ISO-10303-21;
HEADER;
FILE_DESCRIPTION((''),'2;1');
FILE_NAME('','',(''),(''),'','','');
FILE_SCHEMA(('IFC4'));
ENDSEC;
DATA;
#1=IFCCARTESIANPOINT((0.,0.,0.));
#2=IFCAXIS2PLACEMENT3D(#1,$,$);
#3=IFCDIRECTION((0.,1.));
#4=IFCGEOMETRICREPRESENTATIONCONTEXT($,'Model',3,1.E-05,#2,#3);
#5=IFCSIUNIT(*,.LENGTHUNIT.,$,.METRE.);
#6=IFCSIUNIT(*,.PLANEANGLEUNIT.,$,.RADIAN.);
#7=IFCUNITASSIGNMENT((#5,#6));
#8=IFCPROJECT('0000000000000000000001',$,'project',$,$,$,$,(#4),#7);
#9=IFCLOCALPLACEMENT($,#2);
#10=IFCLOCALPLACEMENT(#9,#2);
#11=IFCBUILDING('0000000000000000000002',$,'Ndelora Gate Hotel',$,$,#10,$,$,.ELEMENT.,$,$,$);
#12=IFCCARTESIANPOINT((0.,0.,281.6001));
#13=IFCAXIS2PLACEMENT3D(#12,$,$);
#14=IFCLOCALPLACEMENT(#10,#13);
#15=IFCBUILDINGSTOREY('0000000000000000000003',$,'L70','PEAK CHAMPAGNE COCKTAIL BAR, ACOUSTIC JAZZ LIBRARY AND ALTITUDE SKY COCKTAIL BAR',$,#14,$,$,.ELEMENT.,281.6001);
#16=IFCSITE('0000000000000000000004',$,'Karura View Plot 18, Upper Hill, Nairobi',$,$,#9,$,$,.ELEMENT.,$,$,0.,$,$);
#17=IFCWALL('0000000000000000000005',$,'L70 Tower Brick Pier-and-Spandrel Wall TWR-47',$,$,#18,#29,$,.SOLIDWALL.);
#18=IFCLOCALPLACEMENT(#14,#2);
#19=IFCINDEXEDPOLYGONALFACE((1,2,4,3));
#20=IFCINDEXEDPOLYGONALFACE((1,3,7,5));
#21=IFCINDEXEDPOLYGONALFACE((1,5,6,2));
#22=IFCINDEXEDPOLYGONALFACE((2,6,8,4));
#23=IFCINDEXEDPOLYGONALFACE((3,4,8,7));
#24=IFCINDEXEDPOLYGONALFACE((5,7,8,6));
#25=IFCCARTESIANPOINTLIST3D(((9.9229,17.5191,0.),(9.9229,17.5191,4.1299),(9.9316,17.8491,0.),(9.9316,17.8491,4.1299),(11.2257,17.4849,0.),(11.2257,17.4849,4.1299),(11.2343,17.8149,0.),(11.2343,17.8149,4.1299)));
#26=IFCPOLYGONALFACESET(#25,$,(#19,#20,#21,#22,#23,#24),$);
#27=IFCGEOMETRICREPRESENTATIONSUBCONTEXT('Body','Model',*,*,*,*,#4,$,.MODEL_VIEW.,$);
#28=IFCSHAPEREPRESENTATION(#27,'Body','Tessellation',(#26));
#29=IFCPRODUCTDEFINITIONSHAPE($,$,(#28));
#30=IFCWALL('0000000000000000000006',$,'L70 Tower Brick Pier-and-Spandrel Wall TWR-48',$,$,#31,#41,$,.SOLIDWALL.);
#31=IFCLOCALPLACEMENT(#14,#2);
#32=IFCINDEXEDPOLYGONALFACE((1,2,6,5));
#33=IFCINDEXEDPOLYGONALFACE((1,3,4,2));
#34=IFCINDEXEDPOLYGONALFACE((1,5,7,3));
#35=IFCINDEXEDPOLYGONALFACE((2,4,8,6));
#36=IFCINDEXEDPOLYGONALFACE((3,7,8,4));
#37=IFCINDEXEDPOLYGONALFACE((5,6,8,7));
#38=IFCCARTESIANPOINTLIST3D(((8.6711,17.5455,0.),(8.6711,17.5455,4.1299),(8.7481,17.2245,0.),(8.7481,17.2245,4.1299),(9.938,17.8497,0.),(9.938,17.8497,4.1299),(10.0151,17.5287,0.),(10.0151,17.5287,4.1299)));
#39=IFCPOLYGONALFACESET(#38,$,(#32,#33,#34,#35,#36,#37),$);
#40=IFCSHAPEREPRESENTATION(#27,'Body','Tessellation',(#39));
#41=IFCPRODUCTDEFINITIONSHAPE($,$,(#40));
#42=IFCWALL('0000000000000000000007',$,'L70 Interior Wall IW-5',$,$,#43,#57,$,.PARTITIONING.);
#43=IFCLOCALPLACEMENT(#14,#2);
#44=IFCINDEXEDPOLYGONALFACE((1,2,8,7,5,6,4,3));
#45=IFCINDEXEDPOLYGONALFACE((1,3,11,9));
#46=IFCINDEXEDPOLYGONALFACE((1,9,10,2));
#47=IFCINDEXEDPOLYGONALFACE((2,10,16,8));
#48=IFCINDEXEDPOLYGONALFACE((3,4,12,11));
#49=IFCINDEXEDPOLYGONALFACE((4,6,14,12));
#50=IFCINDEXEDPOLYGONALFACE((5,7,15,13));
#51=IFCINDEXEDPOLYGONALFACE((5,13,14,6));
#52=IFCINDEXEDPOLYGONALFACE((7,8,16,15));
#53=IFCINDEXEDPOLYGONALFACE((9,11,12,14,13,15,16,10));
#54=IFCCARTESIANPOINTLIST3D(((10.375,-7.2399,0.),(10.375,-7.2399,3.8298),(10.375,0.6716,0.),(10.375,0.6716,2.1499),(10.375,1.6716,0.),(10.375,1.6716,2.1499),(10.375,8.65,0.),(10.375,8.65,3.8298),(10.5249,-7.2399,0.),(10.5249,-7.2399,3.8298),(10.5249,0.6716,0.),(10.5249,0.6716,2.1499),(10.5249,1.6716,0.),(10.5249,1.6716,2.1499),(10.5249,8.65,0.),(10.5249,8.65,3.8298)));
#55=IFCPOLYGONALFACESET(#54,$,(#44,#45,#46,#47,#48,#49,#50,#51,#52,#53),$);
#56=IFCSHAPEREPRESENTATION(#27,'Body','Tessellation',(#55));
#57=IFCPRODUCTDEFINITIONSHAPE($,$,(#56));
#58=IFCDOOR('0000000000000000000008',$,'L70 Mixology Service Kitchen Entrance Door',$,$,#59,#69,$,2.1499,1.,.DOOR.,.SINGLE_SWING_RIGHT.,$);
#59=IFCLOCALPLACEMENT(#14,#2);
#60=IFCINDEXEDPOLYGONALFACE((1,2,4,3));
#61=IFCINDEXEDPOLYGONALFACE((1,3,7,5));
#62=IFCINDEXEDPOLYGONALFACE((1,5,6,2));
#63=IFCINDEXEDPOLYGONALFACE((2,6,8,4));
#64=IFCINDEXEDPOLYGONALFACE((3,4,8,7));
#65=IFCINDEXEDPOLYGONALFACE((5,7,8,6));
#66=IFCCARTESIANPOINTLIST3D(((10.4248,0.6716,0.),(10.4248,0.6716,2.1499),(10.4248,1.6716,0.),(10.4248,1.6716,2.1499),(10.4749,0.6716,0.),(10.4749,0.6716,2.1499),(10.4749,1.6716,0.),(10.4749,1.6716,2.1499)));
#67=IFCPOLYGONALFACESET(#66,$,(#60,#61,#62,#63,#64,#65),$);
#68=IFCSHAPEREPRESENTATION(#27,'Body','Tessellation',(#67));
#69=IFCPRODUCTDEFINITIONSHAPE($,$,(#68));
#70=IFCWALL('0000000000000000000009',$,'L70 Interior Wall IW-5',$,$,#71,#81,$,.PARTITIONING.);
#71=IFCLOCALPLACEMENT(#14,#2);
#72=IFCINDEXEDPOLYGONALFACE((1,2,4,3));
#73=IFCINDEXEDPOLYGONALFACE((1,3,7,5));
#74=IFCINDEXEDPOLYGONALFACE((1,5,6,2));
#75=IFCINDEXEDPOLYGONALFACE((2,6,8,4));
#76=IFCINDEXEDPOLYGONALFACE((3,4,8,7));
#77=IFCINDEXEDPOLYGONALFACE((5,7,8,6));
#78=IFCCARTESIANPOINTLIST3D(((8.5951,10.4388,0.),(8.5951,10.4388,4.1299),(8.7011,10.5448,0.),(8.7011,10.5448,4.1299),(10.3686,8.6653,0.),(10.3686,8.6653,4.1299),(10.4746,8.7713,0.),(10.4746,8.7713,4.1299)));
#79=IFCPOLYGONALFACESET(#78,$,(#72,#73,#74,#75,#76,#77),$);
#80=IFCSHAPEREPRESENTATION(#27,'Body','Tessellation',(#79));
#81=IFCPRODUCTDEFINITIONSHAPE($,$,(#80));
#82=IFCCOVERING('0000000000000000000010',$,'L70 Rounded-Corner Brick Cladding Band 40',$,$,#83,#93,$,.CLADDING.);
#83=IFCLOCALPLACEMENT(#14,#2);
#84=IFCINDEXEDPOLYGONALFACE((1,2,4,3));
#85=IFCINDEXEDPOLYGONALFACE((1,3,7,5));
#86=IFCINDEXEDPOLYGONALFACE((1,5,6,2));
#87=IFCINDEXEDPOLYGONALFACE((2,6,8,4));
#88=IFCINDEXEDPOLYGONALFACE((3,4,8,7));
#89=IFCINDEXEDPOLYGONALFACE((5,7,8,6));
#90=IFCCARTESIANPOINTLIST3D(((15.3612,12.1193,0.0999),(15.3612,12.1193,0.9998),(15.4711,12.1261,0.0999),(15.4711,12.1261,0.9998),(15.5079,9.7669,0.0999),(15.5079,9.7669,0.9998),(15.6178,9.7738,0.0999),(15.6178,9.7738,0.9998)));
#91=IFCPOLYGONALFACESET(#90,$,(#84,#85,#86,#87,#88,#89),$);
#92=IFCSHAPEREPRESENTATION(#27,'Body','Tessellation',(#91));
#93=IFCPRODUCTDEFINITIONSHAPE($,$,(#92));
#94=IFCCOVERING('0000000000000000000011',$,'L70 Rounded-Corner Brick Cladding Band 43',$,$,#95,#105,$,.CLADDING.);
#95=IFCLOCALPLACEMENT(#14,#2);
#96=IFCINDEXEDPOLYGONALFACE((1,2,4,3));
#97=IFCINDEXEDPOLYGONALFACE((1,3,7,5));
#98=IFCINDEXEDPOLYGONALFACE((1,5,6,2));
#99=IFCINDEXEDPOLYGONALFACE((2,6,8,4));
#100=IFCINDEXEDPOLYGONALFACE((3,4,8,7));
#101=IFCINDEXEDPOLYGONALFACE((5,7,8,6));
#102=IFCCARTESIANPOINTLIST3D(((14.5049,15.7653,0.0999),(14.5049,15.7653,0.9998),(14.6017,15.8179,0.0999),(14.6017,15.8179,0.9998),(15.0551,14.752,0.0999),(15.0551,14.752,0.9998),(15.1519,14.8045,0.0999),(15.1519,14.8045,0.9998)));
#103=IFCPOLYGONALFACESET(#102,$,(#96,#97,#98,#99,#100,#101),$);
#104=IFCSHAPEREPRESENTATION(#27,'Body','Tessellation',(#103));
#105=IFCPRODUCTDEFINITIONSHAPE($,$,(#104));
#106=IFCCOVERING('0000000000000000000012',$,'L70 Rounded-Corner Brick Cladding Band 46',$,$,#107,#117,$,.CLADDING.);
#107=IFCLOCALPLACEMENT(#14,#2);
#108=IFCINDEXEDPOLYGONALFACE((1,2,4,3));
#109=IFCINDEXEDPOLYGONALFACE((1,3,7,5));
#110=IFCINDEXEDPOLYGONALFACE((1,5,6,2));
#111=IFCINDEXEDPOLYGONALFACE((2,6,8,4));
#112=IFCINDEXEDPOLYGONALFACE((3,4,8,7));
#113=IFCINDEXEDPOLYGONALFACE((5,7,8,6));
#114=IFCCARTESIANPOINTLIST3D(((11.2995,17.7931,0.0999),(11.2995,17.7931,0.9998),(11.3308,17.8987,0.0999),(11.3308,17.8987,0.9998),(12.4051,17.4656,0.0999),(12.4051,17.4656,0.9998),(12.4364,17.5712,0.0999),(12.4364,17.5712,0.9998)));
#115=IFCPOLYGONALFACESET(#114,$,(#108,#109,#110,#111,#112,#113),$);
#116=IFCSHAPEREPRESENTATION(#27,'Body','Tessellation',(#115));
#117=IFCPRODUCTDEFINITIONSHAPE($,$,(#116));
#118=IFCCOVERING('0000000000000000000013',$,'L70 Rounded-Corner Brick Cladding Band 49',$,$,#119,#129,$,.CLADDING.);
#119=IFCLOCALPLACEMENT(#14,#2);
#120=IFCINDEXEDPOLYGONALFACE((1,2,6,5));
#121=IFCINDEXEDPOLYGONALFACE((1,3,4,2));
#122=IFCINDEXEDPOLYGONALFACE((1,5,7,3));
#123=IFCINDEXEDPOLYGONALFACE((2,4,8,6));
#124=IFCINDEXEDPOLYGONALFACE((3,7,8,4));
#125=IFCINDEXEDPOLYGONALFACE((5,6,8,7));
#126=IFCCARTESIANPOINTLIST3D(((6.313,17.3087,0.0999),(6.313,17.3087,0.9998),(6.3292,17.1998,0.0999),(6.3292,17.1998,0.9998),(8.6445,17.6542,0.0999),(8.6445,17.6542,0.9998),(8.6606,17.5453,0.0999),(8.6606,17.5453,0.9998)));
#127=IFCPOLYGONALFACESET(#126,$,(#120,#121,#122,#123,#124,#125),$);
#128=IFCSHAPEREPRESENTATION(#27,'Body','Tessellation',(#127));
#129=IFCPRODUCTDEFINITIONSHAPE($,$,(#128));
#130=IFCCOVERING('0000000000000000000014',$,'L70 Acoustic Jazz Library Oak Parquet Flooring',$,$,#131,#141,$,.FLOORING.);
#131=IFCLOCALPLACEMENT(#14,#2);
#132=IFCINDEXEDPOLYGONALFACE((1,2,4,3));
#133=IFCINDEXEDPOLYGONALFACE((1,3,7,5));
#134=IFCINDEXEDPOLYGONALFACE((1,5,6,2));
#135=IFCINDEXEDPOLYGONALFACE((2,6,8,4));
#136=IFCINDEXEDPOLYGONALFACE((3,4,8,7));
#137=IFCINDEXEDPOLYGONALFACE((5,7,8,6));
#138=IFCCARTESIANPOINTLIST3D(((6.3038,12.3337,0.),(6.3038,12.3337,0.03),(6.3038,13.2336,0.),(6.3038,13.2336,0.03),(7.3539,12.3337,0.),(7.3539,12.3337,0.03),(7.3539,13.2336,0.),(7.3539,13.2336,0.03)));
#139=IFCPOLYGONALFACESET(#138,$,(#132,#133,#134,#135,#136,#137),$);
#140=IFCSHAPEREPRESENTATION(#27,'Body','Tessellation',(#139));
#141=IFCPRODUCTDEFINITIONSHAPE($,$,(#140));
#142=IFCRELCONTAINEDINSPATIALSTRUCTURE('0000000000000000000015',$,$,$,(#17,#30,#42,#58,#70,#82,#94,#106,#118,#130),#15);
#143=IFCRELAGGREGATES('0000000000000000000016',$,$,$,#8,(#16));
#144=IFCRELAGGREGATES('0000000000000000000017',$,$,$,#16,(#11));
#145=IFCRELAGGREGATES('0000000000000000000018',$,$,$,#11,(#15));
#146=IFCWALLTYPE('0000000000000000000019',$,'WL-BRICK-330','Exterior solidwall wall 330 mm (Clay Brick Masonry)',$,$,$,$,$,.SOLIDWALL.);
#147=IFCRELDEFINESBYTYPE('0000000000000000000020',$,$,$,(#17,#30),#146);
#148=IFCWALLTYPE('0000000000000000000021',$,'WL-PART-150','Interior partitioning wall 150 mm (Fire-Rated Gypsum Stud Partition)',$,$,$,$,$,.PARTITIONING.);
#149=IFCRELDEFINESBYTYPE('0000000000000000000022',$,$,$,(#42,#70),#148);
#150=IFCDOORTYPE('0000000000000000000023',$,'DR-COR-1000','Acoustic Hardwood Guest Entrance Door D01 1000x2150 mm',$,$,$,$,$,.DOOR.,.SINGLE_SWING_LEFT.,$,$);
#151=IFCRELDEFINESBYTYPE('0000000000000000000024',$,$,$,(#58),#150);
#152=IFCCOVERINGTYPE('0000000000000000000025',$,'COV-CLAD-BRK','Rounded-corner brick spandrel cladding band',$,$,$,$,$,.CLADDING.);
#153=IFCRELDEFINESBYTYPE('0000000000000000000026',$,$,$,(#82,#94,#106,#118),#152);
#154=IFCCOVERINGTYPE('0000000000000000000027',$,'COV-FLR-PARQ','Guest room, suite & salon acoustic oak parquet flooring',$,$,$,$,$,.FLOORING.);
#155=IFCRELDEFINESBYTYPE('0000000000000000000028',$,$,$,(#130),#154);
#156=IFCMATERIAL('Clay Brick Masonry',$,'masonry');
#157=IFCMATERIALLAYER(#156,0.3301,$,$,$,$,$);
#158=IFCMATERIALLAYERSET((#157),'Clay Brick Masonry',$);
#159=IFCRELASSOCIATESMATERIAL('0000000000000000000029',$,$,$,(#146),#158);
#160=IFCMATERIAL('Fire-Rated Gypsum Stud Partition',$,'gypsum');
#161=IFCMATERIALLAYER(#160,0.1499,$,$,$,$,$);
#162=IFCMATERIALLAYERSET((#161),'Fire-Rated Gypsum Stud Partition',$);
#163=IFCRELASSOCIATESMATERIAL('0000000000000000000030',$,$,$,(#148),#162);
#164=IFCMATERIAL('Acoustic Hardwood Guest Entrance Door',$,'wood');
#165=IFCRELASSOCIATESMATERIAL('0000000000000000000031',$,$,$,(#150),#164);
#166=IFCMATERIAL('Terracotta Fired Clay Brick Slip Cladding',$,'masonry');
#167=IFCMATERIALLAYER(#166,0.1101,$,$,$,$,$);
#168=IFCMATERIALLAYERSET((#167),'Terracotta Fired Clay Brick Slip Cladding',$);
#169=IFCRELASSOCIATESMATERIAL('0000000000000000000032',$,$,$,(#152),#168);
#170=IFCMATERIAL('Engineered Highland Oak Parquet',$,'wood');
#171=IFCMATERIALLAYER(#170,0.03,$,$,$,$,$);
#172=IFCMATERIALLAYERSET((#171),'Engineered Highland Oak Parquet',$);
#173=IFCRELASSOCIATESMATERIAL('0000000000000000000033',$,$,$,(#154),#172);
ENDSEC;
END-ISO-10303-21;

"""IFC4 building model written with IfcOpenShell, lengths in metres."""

from ifc_helpers import new_model, si_unit, direction, frame, frame_2d, origin, origin_2d, place, context, subcontext, project, spatial, rectangle, extrude, material, layer, layer_set, type_object, element, fill, save


model = new_model("IFC4")

# Units and contexts
model_context = context("Model", 3, precision=1e-05, world=origin(), true_north=direction((0.0, 1.0)))
body_context = subcontext(model_context, "Body", "Model", "MODEL_VIEW")
ifc_project = project(units=[si_unit("LENGTHUNIT", "METRE"), si_unit("PLANEANGLEUNIT", "RADIAN")], contexts=[model_context])

# Site, building, storey
site_placement = place(None, origin())
site = spatial("IfcSite", under=ifc_project, at=site_placement, Name="Karura View Plot 18, Upper Hill, Nairobi", CompositionType="ELEMENT", RefElevation=0.0)
building_placement = place(site_placement, origin())
building = spatial("IfcBuilding", under=site, at=building_placement, Name="Ndelora Gate Hotel", CompositionType="ELEMENT")
storey_placement = place(building_placement, frame((0.0, 0.0, 281.6001)))
storey = spatial("IfcBuildingStorey", under=building, at=storey_placement, Name="L70", Description="PEAK CHAMPAGNE COCKTAIL BAR, ACOUSTIC JAZZ LIBRARY AND ALTITUDE SKY COCKTAIL BAR", CompositionType="ELEMENT", Elevation=281.6001)

# Shared definitions
ifc_material_1 = material(Name="Clay Brick Masonry", Category="masonry")
ifc_layer_1 = layer(ifc_material_1, 0.3301)
ifc_layer_set_1 = layer_set([ifc_layer_1], Name="Clay Brick Masonry")
wall_type_1 = type_object("IfcWallType", Name="WL-BRICK-330", Description="Exterior solidwall wall 330 mm (Clay Brick Masonry)", PredefinedType="SOLIDWALL", material=ifc_layer_set_1)

# Walls
for number, where, z_axis, x_axis, name in (
    (1, (9.9272, 17.6841, 0.0), (0.0, 0.0, 1.0), (0.999656, -0.026228, 0.0), "L70 Tower Brick Pier-and-Spandrel Wall TWR-47"),
):
    element("IfcWall", number, at=place(storey_placement, frame(where, z_axis=z_axis, x_axis=x_axis)), inside=storey, type_object=wall_type_1, Name=name, PredefinedType="SOLIDWALL", context=body_context, shape_type="SweptSolid", body=[
        extrude(rectangle(XDim=1.3032, YDim=0.3301, at=frame_2d((0.6516, 0.0))), origin(), (0.0, 0.0, 1.0), 4.1299),
    ])
wall_1_placement = place(storey_placement, frame((8.7097, 17.385, 0.0), z_axis=(0.0, 0.0, 1.0), x_axis=(0.97236, 0.233486, 0.0)))
element("IfcWall", 2, at=wall_1_placement, inside=storey, type_object=wall_type_1, Name="L70 Tower Brick Pier-and-Spandrel Wall TWR-48", PredefinedType="SOLIDWALL", context=body_context, shape_type="SweptSolid", body=[
    extrude(rectangle(XDim=1.303, YDim=0.3301, at=frame_2d((0.6514, 0.0))), origin(), (0.0, 0.0, 1.0), 4.1299),
])

# Wall, opening, door
ifc_material_2 = material(Name="Fire-Rated Gypsum Stud Partition", Category="gypsum")
ifc_layer_2 = layer(ifc_material_2, 0.1499)
ifc_layer_set_2 = layer_set([ifc_layer_2], Name="Fire-Rated Gypsum Stud Partition")
wall_type_2 = type_object("IfcWallType", Name="WL-PART-150", Description="Interior partitioning wall 150 mm (Fire-Rated Gypsum Stud Partition)", PredefinedType="PARTITIONING", material=ifc_layer_set_2)
wall_2_placement = place(storey_placement, frame((10.45, 8.6499, 0.0), z_axis=(0.0, 0.0, 1.0), x_axis=(0.0, -1.0, 0.0)))
wall_2 = element("IfcWall", 3, at=wall_2_placement, inside=storey, type_object=wall_type_2, Name="L70 Interior Wall IW-5", PredefinedType="PARTITIONING", context=body_context, shape_type="SweptSolid", body=[
    extrude(rectangle(XDim=15.8899, YDim=0.1499, at=frame_2d((7.9448, 0.0))), origin(), (0.0, 0.0, 1.0), 3.8298),
])
opening_1_placement = place(wall_2_placement, frame((6.9783, 0.0, 0.0)))
opening_1 = element("IfcOpeningElement", 4, at=opening_1_placement, cuts=wall_2, PredefinedType="OPENING", context=body_context, shape_type="SweptSolid", body=[
    extrude(rectangle(XDim=1.0, YDim=2.1499, at=frame_2d((0.5, 1.075))), frame((0.0, 0.085, 0.0), z_axis=(0.0, -1.0, 0.0), x_axis=(1.0, 0.0, 0.0)), (0.0, 0.0, 1.0), 0.1699),
])
ifc_material_3 = material(Name="Acoustic Hardwood Guest Entrance Door", Category="wood")
door_type = type_object("IfcDoorType", Name="DR-COR-1000", Description="Acoustic Hardwood Guest Entrance Door D01 1000x2150 mm", OperationType="SINGLE_SWING_LEFT", PredefinedType="DOOR", material=ifc_material_3)
door_placement = place(opening_1_placement, origin())
door = element("IfcDoor", 5, at=door_placement, inside=storey, type_object=door_type, Name="L70 Mixology Service Kitchen Entrance Door", OperationType="SINGLE_SWING_RIGHT", OverallHeight=2.1499, OverallWidth=1.0, PredefinedType="DOOR", context=body_context, shape_type="SweptSolid", body=[
    extrude(rectangle(XDim=1.0, YDim=2.1499, at=frame_2d((0.5, 1.075))), frame((0.0, 0.0249, 0.0), z_axis=(0.0, -1.0, 0.0), x_axis=(1.0, 0.0, 0.0)), (0.0, 0.0, 1.0), 0.05),
])
fill(opening_1, door)

# Wall
wall_3_placement = place(storey_placement, frame((8.6482, 10.4917, 0.0), z_axis=(0.0, 0.0, 1.0), x_axis=(0.707107, -0.707107, 0.0)))
element("IfcWall", 6, at=wall_3_placement, inside=storey, type_object=wall_type_2, Name="L70 Interior Wall IW-5", PredefinedType="PARTITIONING", context=body_context, shape_type="SweptSolid", body=[
    extrude(rectangle(XDim=2.5081, YDim=0.1499, at=frame_2d((1.2539, 0.0))), origin(), (0.0, 0.0, 1.0), 4.1299),
])

# Coverings
ifc_material_4 = material(Name="Terracotta Fired Clay Brick Slip Cladding", Category="masonry")
ifc_layer_3 = layer(ifc_material_4, 0.1101)
ifc_layer_set_3 = layer_set([ifc_layer_3], Name="Terracotta Fired Clay Brick Slip Cladding")
covering_type_1 = type_object("IfcCoveringType", Name="COV-CLAD-BRK", Description="Rounded-corner brick spandrel cladding band", PredefinedType="CLADDING", material=ifc_layer_set_3)
covering_1_placement = place(storey_placement, frame((15.4895, 10.9465, 0.0999), z_axis=(0.0, 0.0, 1.0), x_axis=(-0.062268, 0.998059, 0.0)))
element("IfcCovering", 7, at=covering_1_placement, inside=storey, type_object=covering_type_1, Name="L70 Rounded-Corner Brick Cladding Band 40", PredefinedType="CLADDING", context=body_context, shape_type="SweptSolid", body=[
    extrude(rectangle(XDim=2.3569, YDim=0.1101, at=origin_2d()), origin(), (0.0, 0.0, 1.0), 0.8999),
])
for number, where, z_axis, x_axis, name in (
    (8, (14.8284, 15.2849, 0.0999), (0.0, 0.0, 1.0), (-0.477159, 0.878817, 0.0), "L70 Rounded-Corner Brick Cladding Band 43"),
    (9, (11.8679, 17.6821, 0.0999), (0.0, 0.0, 1.0), (-0.95882, 0.284015, 0.0), "L70 Rounded-Corner Brick Cladding Band 46"),
):
    element("IfcCovering", number, at=place(storey_placement, frame(where, z_axis=z_axis, x_axis=x_axis)), inside=storey, type_object=covering_type_1, Name=name, PredefinedType="CLADDING", context=body_context, shape_type="SweptSolid", body=[
        extrude(rectangle(XDim=1.1531, YDim=0.1101, at=origin_2d()), origin(), (0.0, 0.0, 1.0), 0.8999),
    ])
covering_2_placement = place(storey_placement, frame((7.4868, 17.427, 0.0999), z_axis=(0.0, 0.0, 1.0), x_axis=(0.989196, 0.146601, 0.0)))
element("IfcCovering", 10, at=covering_2_placement, inside=storey, type_object=covering_type_1, Name="L70 Rounded-Corner Brick Cladding Band 49", PredefinedType="CLADDING", context=body_context, shape_type="SweptSolid", body=[
    extrude(rectangle(XDim=2.3569, YDim=0.1101, at=origin_2d()), origin(), (0.0, 0.0, 1.0), 0.8999),
])
ifc_material_5 = material(Name="Engineered Highland Oak Parquet", Category="wood")
ifc_layer_4 = layer(ifc_material_5, 0.03)
ifc_layer_set_4 = layer_set([ifc_layer_4], Name="Engineered Highland Oak Parquet")
covering_type_2 = type_object("IfcCoveringType", Name="COV-FLR-PARQ", Description="Guest room, suite & salon acoustic oak parquet flooring", PredefinedType="FLOORING", material=ifc_layer_set_4)
covering_3_placement = place(storey_placement, frame((6.8289, 12.7837, 0.0), z_axis=(0.0, 0.0, 1.0), x_axis=(1.0, 0.0, 0.0)))
element("IfcCovering", 11, at=covering_3_placement, inside=storey, type_object=covering_type_2, Name="L70 Acoustic Jazz Library Oak Parquet Flooring", PredefinedType="FLOORING", context=body_context, shape_type="SweptSolid", body=[
    extrude(rectangle(XDim=1.05, YDim=0.8999, at=origin_2d()), origin(), (0.0, 0.0, 1.0), 0.03),
])

save(model, "model.ifc")
